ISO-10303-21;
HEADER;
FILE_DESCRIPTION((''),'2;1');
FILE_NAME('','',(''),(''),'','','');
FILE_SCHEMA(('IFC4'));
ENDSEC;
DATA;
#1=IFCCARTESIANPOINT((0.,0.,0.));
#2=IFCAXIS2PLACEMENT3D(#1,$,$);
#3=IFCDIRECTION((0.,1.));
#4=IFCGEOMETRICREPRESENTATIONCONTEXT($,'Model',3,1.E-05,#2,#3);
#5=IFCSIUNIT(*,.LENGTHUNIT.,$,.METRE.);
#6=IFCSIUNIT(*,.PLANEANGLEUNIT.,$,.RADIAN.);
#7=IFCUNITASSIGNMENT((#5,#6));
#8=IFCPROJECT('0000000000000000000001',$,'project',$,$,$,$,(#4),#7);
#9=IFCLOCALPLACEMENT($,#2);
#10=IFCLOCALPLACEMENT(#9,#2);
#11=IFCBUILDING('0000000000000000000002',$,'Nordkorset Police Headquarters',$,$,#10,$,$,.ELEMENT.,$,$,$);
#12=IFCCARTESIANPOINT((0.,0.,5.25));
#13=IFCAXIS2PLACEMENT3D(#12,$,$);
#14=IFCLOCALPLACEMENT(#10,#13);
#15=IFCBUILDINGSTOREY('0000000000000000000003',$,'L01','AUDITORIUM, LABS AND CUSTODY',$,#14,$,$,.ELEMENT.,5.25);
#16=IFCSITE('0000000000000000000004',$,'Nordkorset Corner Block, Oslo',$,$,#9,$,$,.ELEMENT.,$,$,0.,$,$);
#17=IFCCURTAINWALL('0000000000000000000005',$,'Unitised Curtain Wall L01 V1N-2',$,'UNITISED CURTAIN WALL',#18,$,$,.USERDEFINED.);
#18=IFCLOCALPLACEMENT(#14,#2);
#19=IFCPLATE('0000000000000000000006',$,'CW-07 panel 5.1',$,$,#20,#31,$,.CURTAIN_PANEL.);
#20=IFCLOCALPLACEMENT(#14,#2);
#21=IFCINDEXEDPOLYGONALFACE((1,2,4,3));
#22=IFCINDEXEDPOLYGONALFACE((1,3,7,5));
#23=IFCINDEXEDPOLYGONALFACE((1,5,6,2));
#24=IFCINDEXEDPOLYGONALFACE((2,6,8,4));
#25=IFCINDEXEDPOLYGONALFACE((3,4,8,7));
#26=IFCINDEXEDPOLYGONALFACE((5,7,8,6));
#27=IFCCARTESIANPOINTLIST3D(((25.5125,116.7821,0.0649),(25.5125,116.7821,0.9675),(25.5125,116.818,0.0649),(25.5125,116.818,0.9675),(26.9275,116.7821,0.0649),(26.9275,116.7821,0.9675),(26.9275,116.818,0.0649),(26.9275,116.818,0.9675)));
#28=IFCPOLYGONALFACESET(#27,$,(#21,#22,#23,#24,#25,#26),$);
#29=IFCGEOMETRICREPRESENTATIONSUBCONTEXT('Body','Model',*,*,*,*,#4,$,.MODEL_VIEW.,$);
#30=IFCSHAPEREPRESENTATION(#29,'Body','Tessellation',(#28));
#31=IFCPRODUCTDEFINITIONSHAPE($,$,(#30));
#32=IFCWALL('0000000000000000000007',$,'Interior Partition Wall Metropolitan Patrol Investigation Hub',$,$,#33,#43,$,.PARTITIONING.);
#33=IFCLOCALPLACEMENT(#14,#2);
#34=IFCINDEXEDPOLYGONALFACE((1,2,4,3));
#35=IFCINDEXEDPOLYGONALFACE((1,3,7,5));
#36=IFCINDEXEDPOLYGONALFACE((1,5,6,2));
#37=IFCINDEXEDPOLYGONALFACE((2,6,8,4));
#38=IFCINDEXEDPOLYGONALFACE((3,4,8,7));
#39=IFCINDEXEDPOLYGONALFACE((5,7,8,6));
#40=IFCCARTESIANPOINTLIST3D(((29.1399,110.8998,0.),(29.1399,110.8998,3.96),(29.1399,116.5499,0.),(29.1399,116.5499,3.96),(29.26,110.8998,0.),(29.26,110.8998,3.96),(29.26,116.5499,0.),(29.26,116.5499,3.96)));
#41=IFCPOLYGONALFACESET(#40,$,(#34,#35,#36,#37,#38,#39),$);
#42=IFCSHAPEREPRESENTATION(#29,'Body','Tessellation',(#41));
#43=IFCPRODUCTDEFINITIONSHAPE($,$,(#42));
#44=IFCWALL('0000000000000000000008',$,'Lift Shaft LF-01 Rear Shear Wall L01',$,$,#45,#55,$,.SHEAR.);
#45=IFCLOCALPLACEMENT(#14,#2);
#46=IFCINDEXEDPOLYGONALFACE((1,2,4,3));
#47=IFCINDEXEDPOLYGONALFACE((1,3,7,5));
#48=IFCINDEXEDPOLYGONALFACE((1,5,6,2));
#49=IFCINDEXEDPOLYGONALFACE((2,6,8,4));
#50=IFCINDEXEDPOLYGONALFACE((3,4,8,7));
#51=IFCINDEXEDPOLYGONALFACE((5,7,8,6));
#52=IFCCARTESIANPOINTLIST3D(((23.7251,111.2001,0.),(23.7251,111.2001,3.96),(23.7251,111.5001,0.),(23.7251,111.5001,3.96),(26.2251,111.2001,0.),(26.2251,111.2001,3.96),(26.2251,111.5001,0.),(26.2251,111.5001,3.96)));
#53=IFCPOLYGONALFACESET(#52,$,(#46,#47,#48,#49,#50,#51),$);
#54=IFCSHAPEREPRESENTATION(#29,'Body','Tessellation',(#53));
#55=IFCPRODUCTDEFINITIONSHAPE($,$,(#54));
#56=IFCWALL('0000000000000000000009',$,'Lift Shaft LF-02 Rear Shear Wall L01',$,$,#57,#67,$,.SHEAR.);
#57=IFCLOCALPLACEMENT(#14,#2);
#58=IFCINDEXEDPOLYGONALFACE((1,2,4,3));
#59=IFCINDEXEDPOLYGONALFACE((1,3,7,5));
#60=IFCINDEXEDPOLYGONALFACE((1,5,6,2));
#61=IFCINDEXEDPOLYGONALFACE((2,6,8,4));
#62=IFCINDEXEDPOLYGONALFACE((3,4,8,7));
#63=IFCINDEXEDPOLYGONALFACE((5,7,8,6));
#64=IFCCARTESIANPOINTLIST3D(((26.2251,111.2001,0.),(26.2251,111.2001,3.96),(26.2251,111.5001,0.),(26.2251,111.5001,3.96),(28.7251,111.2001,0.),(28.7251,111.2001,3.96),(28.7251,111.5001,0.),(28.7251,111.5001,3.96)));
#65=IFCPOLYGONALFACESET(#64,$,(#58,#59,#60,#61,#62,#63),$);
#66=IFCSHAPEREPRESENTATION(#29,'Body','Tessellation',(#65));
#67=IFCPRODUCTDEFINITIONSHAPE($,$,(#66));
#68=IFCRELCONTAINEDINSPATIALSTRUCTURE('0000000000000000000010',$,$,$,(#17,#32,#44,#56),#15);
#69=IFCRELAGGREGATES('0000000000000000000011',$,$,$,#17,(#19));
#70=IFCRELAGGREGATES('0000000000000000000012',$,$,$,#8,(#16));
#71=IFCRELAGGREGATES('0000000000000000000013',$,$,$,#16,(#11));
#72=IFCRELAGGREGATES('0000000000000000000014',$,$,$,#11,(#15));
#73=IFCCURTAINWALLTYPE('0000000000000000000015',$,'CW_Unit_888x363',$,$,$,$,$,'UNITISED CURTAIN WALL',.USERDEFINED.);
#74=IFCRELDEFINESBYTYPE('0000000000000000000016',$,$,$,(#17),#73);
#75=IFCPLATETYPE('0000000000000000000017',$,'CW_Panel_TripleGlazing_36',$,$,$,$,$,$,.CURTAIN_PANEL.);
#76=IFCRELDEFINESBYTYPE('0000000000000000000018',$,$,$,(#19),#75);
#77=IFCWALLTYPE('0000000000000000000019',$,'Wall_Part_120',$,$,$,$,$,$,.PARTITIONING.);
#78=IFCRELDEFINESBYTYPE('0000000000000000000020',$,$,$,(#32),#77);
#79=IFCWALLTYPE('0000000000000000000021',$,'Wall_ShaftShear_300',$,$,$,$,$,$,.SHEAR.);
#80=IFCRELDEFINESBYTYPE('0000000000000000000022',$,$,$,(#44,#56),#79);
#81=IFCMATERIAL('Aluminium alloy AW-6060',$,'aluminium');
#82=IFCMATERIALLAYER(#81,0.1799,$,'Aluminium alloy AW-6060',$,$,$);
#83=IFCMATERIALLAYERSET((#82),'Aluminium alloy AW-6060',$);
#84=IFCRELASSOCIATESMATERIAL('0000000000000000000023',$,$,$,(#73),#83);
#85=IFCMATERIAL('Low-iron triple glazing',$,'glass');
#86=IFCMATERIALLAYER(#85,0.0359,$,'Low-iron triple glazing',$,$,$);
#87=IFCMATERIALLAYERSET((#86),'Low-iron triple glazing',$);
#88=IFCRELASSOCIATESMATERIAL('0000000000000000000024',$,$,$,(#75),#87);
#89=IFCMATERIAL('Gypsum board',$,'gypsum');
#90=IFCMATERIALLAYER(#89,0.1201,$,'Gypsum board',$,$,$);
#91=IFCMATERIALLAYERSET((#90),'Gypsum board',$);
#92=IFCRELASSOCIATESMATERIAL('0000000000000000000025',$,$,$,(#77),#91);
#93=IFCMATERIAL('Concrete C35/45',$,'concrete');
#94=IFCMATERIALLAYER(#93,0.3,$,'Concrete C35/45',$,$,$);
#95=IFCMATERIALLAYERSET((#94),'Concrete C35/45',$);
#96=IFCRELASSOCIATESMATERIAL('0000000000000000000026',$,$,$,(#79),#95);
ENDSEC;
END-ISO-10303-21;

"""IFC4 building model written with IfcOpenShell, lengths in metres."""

from ifc_helpers import new_model, si_unit, direction, frame, frame_2d, origin, origin_2d, place, context, subcontext, project, spatial, rectangle, extrude, material, layer, layer_set, type_object, element, aggregate, save


model = new_model("IFC4")

# Units and contexts
model_context = context("Model", 3, precision=1e-05, world=origin(), true_north=direction((0.0, 1.0)))
body_context = subcontext(model_context, "Body", "Model", "MODEL_VIEW")
ifc_project = project(units=[si_unit("LENGTHUNIT", "METRE"), si_unit("PLANEANGLEUNIT", "RADIAN")], contexts=[model_context])

# Site, building, storey
site_placement = place(None, origin())
site = spatial("IfcSite", under=ifc_project, at=site_placement, Name="Nordkorset Corner Block, Oslo", CompositionType="ELEMENT", RefElevation=0.0)
building_placement = place(site_placement, origin())
building = spatial("IfcBuilding", under=site, at=building_placement, Name="Nordkorset Police Headquarters", CompositionType="ELEMENT")
storey_placement = place(building_placement, frame((0.0, 0.0, 5.25)))
storey = spatial("IfcBuildingStorey", under=building, at=storey_placement, Name="L01", Description="AUDITORIUM, LABS AND CUSTODY", CompositionType="ELEMENT", Elevation=5.25)

# Curtain wall
ifc_material_1 = material(Name="Aluminium alloy AW-6060", Category="aluminium")
ifc_layer_1 = layer(ifc_material_1, 0.1799, Name="Aluminium alloy AW-6060")
ifc_layer_set_1 = layer_set([ifc_layer_1], Name="Aluminium alloy AW-6060")
curtain_wall_type = type_object("IfcCurtainWallType", Name="CW_Unit_888x363", ElementType="UNITISED CURTAIN WALL", PredefinedType="USERDEFINED", material=ifc_layer_set_1)
curtain_wall_placement = place(storey_placement, origin())
curtain_wall = element("IfcCurtainWall", 1, at=curtain_wall_placement, inside=storey, type_object=curtain_wall_type, Name="Unitised Curtain Wall L01 V1N-2", ObjectType="UNITISED CURTAIN WALL", PredefinedType="USERDEFINED")

# Plate
ifc_material_2 = material(Name="Low-iron triple glazing", Category="glass")
ifc_layer_2 = layer(ifc_material_2, 0.0359, Name="Low-iron triple glazing")
ifc_layer_set_2 = layer_set([ifc_layer_2], Name="Low-iron triple glazing")
plate_type = type_object("IfcPlateType", Name="CW_Panel_TripleGlazing_36", PredefinedType="CURTAIN_PANEL", material=ifc_layer_set_2)
plate_1_placement = place(storey_placement, frame((26.22, 116.8, 0.0649), z_axis=(0.0, 0.0, 1.0), x_axis=(1.0, 0.0, 0.0)))
plate_1 = element("IfcPlate", 2, at=plate_1_placement, type_object=plate_type, Name="CW-07 panel 5.1", PredefinedType="CURTAIN_PANEL", context=body_context, shape_type="SweptSolid", body=[
    extrude(rectangle(XDim=1.415, YDim=0.0359, at=origin_2d()), origin(), (0.0, 0.0, 1.0), 0.9026),
])
aggregate(curtain_wall, [plate_1])

# Walls
ifc_material_3 = material(Name="Gypsum board", Category="gypsum")
ifc_layer_3 = layer(ifc_material_3, 0.1201, Name="Gypsum board")
ifc_layer_set_3 = layer_set([ifc_layer_3], Name="Gypsum board")
wall_type_1 = type_object("IfcWallType", Name="Wall_Part_120", PredefinedType="PARTITIONING", material=ifc_layer_set_3)
wall_placement = place(storey_placement, frame((29.2, 116.55, 0.0), z_axis=(0.0, 0.0, 1.0), x_axis=(0.0, -1.0, 0.0)))
element("IfcWall", 3, at=wall_placement, inside=storey, type_object=wall_type_1, Name="Interior Partition Wall Metropolitan Patrol Investigation Hub", PredefinedType="PARTITIONING", context=body_context, shape_type="SweptSolid", body=[
    extrude(rectangle(XDim=5.6501, YDim=0.1201, at=frame_2d((2.8252, 0.0))), origin(), (0.0, 0.0, 1.0), 3.96),
])
ifc_material_4 = material(Name="Concrete C35/45", Category="concrete")
ifc_layer_4 = layer(ifc_material_4, 0.3, Name="Concrete C35/45")
ifc_layer_set_4 = layer_set([ifc_layer_4], Name="Concrete C35/45")
wall_type_2 = type_object("IfcWallType", Name="Wall_ShaftShear_300", PredefinedType="SHEAR", material=ifc_layer_set_4)
for number, where, z_axis, x_axis, name in (
    (4, (23.7251, 111.3501, 0.0), (0.0, 0.0, 1.0), (1.0, 0.0, 0.0), "Lift Shaft LF-01 Rear Shear Wall L01"),
    (5, (26.2251, 111.3501, 0.0), (0.0, 0.0, 1.0), (1.0, 0.0, 0.0), "Lift Shaft LF-02 Rear Shear Wall L01"),
):
    element("IfcWall", number, at=place(storey_placement, frame(where, z_axis=z_axis, x_axis=x_axis)), inside=storey, type_object=wall_type_2, Name=name, PredefinedType="SHEAR", context=body_context, shape_type="SweptSolid", body=[
        extrude(rectangle(XDim=2.5, YDim=0.3, at=frame_2d((1.25, 0.0))), origin(), (0.0, 0.0, 1.0), 3.96),
    ])

save(model, "model.ifc")
